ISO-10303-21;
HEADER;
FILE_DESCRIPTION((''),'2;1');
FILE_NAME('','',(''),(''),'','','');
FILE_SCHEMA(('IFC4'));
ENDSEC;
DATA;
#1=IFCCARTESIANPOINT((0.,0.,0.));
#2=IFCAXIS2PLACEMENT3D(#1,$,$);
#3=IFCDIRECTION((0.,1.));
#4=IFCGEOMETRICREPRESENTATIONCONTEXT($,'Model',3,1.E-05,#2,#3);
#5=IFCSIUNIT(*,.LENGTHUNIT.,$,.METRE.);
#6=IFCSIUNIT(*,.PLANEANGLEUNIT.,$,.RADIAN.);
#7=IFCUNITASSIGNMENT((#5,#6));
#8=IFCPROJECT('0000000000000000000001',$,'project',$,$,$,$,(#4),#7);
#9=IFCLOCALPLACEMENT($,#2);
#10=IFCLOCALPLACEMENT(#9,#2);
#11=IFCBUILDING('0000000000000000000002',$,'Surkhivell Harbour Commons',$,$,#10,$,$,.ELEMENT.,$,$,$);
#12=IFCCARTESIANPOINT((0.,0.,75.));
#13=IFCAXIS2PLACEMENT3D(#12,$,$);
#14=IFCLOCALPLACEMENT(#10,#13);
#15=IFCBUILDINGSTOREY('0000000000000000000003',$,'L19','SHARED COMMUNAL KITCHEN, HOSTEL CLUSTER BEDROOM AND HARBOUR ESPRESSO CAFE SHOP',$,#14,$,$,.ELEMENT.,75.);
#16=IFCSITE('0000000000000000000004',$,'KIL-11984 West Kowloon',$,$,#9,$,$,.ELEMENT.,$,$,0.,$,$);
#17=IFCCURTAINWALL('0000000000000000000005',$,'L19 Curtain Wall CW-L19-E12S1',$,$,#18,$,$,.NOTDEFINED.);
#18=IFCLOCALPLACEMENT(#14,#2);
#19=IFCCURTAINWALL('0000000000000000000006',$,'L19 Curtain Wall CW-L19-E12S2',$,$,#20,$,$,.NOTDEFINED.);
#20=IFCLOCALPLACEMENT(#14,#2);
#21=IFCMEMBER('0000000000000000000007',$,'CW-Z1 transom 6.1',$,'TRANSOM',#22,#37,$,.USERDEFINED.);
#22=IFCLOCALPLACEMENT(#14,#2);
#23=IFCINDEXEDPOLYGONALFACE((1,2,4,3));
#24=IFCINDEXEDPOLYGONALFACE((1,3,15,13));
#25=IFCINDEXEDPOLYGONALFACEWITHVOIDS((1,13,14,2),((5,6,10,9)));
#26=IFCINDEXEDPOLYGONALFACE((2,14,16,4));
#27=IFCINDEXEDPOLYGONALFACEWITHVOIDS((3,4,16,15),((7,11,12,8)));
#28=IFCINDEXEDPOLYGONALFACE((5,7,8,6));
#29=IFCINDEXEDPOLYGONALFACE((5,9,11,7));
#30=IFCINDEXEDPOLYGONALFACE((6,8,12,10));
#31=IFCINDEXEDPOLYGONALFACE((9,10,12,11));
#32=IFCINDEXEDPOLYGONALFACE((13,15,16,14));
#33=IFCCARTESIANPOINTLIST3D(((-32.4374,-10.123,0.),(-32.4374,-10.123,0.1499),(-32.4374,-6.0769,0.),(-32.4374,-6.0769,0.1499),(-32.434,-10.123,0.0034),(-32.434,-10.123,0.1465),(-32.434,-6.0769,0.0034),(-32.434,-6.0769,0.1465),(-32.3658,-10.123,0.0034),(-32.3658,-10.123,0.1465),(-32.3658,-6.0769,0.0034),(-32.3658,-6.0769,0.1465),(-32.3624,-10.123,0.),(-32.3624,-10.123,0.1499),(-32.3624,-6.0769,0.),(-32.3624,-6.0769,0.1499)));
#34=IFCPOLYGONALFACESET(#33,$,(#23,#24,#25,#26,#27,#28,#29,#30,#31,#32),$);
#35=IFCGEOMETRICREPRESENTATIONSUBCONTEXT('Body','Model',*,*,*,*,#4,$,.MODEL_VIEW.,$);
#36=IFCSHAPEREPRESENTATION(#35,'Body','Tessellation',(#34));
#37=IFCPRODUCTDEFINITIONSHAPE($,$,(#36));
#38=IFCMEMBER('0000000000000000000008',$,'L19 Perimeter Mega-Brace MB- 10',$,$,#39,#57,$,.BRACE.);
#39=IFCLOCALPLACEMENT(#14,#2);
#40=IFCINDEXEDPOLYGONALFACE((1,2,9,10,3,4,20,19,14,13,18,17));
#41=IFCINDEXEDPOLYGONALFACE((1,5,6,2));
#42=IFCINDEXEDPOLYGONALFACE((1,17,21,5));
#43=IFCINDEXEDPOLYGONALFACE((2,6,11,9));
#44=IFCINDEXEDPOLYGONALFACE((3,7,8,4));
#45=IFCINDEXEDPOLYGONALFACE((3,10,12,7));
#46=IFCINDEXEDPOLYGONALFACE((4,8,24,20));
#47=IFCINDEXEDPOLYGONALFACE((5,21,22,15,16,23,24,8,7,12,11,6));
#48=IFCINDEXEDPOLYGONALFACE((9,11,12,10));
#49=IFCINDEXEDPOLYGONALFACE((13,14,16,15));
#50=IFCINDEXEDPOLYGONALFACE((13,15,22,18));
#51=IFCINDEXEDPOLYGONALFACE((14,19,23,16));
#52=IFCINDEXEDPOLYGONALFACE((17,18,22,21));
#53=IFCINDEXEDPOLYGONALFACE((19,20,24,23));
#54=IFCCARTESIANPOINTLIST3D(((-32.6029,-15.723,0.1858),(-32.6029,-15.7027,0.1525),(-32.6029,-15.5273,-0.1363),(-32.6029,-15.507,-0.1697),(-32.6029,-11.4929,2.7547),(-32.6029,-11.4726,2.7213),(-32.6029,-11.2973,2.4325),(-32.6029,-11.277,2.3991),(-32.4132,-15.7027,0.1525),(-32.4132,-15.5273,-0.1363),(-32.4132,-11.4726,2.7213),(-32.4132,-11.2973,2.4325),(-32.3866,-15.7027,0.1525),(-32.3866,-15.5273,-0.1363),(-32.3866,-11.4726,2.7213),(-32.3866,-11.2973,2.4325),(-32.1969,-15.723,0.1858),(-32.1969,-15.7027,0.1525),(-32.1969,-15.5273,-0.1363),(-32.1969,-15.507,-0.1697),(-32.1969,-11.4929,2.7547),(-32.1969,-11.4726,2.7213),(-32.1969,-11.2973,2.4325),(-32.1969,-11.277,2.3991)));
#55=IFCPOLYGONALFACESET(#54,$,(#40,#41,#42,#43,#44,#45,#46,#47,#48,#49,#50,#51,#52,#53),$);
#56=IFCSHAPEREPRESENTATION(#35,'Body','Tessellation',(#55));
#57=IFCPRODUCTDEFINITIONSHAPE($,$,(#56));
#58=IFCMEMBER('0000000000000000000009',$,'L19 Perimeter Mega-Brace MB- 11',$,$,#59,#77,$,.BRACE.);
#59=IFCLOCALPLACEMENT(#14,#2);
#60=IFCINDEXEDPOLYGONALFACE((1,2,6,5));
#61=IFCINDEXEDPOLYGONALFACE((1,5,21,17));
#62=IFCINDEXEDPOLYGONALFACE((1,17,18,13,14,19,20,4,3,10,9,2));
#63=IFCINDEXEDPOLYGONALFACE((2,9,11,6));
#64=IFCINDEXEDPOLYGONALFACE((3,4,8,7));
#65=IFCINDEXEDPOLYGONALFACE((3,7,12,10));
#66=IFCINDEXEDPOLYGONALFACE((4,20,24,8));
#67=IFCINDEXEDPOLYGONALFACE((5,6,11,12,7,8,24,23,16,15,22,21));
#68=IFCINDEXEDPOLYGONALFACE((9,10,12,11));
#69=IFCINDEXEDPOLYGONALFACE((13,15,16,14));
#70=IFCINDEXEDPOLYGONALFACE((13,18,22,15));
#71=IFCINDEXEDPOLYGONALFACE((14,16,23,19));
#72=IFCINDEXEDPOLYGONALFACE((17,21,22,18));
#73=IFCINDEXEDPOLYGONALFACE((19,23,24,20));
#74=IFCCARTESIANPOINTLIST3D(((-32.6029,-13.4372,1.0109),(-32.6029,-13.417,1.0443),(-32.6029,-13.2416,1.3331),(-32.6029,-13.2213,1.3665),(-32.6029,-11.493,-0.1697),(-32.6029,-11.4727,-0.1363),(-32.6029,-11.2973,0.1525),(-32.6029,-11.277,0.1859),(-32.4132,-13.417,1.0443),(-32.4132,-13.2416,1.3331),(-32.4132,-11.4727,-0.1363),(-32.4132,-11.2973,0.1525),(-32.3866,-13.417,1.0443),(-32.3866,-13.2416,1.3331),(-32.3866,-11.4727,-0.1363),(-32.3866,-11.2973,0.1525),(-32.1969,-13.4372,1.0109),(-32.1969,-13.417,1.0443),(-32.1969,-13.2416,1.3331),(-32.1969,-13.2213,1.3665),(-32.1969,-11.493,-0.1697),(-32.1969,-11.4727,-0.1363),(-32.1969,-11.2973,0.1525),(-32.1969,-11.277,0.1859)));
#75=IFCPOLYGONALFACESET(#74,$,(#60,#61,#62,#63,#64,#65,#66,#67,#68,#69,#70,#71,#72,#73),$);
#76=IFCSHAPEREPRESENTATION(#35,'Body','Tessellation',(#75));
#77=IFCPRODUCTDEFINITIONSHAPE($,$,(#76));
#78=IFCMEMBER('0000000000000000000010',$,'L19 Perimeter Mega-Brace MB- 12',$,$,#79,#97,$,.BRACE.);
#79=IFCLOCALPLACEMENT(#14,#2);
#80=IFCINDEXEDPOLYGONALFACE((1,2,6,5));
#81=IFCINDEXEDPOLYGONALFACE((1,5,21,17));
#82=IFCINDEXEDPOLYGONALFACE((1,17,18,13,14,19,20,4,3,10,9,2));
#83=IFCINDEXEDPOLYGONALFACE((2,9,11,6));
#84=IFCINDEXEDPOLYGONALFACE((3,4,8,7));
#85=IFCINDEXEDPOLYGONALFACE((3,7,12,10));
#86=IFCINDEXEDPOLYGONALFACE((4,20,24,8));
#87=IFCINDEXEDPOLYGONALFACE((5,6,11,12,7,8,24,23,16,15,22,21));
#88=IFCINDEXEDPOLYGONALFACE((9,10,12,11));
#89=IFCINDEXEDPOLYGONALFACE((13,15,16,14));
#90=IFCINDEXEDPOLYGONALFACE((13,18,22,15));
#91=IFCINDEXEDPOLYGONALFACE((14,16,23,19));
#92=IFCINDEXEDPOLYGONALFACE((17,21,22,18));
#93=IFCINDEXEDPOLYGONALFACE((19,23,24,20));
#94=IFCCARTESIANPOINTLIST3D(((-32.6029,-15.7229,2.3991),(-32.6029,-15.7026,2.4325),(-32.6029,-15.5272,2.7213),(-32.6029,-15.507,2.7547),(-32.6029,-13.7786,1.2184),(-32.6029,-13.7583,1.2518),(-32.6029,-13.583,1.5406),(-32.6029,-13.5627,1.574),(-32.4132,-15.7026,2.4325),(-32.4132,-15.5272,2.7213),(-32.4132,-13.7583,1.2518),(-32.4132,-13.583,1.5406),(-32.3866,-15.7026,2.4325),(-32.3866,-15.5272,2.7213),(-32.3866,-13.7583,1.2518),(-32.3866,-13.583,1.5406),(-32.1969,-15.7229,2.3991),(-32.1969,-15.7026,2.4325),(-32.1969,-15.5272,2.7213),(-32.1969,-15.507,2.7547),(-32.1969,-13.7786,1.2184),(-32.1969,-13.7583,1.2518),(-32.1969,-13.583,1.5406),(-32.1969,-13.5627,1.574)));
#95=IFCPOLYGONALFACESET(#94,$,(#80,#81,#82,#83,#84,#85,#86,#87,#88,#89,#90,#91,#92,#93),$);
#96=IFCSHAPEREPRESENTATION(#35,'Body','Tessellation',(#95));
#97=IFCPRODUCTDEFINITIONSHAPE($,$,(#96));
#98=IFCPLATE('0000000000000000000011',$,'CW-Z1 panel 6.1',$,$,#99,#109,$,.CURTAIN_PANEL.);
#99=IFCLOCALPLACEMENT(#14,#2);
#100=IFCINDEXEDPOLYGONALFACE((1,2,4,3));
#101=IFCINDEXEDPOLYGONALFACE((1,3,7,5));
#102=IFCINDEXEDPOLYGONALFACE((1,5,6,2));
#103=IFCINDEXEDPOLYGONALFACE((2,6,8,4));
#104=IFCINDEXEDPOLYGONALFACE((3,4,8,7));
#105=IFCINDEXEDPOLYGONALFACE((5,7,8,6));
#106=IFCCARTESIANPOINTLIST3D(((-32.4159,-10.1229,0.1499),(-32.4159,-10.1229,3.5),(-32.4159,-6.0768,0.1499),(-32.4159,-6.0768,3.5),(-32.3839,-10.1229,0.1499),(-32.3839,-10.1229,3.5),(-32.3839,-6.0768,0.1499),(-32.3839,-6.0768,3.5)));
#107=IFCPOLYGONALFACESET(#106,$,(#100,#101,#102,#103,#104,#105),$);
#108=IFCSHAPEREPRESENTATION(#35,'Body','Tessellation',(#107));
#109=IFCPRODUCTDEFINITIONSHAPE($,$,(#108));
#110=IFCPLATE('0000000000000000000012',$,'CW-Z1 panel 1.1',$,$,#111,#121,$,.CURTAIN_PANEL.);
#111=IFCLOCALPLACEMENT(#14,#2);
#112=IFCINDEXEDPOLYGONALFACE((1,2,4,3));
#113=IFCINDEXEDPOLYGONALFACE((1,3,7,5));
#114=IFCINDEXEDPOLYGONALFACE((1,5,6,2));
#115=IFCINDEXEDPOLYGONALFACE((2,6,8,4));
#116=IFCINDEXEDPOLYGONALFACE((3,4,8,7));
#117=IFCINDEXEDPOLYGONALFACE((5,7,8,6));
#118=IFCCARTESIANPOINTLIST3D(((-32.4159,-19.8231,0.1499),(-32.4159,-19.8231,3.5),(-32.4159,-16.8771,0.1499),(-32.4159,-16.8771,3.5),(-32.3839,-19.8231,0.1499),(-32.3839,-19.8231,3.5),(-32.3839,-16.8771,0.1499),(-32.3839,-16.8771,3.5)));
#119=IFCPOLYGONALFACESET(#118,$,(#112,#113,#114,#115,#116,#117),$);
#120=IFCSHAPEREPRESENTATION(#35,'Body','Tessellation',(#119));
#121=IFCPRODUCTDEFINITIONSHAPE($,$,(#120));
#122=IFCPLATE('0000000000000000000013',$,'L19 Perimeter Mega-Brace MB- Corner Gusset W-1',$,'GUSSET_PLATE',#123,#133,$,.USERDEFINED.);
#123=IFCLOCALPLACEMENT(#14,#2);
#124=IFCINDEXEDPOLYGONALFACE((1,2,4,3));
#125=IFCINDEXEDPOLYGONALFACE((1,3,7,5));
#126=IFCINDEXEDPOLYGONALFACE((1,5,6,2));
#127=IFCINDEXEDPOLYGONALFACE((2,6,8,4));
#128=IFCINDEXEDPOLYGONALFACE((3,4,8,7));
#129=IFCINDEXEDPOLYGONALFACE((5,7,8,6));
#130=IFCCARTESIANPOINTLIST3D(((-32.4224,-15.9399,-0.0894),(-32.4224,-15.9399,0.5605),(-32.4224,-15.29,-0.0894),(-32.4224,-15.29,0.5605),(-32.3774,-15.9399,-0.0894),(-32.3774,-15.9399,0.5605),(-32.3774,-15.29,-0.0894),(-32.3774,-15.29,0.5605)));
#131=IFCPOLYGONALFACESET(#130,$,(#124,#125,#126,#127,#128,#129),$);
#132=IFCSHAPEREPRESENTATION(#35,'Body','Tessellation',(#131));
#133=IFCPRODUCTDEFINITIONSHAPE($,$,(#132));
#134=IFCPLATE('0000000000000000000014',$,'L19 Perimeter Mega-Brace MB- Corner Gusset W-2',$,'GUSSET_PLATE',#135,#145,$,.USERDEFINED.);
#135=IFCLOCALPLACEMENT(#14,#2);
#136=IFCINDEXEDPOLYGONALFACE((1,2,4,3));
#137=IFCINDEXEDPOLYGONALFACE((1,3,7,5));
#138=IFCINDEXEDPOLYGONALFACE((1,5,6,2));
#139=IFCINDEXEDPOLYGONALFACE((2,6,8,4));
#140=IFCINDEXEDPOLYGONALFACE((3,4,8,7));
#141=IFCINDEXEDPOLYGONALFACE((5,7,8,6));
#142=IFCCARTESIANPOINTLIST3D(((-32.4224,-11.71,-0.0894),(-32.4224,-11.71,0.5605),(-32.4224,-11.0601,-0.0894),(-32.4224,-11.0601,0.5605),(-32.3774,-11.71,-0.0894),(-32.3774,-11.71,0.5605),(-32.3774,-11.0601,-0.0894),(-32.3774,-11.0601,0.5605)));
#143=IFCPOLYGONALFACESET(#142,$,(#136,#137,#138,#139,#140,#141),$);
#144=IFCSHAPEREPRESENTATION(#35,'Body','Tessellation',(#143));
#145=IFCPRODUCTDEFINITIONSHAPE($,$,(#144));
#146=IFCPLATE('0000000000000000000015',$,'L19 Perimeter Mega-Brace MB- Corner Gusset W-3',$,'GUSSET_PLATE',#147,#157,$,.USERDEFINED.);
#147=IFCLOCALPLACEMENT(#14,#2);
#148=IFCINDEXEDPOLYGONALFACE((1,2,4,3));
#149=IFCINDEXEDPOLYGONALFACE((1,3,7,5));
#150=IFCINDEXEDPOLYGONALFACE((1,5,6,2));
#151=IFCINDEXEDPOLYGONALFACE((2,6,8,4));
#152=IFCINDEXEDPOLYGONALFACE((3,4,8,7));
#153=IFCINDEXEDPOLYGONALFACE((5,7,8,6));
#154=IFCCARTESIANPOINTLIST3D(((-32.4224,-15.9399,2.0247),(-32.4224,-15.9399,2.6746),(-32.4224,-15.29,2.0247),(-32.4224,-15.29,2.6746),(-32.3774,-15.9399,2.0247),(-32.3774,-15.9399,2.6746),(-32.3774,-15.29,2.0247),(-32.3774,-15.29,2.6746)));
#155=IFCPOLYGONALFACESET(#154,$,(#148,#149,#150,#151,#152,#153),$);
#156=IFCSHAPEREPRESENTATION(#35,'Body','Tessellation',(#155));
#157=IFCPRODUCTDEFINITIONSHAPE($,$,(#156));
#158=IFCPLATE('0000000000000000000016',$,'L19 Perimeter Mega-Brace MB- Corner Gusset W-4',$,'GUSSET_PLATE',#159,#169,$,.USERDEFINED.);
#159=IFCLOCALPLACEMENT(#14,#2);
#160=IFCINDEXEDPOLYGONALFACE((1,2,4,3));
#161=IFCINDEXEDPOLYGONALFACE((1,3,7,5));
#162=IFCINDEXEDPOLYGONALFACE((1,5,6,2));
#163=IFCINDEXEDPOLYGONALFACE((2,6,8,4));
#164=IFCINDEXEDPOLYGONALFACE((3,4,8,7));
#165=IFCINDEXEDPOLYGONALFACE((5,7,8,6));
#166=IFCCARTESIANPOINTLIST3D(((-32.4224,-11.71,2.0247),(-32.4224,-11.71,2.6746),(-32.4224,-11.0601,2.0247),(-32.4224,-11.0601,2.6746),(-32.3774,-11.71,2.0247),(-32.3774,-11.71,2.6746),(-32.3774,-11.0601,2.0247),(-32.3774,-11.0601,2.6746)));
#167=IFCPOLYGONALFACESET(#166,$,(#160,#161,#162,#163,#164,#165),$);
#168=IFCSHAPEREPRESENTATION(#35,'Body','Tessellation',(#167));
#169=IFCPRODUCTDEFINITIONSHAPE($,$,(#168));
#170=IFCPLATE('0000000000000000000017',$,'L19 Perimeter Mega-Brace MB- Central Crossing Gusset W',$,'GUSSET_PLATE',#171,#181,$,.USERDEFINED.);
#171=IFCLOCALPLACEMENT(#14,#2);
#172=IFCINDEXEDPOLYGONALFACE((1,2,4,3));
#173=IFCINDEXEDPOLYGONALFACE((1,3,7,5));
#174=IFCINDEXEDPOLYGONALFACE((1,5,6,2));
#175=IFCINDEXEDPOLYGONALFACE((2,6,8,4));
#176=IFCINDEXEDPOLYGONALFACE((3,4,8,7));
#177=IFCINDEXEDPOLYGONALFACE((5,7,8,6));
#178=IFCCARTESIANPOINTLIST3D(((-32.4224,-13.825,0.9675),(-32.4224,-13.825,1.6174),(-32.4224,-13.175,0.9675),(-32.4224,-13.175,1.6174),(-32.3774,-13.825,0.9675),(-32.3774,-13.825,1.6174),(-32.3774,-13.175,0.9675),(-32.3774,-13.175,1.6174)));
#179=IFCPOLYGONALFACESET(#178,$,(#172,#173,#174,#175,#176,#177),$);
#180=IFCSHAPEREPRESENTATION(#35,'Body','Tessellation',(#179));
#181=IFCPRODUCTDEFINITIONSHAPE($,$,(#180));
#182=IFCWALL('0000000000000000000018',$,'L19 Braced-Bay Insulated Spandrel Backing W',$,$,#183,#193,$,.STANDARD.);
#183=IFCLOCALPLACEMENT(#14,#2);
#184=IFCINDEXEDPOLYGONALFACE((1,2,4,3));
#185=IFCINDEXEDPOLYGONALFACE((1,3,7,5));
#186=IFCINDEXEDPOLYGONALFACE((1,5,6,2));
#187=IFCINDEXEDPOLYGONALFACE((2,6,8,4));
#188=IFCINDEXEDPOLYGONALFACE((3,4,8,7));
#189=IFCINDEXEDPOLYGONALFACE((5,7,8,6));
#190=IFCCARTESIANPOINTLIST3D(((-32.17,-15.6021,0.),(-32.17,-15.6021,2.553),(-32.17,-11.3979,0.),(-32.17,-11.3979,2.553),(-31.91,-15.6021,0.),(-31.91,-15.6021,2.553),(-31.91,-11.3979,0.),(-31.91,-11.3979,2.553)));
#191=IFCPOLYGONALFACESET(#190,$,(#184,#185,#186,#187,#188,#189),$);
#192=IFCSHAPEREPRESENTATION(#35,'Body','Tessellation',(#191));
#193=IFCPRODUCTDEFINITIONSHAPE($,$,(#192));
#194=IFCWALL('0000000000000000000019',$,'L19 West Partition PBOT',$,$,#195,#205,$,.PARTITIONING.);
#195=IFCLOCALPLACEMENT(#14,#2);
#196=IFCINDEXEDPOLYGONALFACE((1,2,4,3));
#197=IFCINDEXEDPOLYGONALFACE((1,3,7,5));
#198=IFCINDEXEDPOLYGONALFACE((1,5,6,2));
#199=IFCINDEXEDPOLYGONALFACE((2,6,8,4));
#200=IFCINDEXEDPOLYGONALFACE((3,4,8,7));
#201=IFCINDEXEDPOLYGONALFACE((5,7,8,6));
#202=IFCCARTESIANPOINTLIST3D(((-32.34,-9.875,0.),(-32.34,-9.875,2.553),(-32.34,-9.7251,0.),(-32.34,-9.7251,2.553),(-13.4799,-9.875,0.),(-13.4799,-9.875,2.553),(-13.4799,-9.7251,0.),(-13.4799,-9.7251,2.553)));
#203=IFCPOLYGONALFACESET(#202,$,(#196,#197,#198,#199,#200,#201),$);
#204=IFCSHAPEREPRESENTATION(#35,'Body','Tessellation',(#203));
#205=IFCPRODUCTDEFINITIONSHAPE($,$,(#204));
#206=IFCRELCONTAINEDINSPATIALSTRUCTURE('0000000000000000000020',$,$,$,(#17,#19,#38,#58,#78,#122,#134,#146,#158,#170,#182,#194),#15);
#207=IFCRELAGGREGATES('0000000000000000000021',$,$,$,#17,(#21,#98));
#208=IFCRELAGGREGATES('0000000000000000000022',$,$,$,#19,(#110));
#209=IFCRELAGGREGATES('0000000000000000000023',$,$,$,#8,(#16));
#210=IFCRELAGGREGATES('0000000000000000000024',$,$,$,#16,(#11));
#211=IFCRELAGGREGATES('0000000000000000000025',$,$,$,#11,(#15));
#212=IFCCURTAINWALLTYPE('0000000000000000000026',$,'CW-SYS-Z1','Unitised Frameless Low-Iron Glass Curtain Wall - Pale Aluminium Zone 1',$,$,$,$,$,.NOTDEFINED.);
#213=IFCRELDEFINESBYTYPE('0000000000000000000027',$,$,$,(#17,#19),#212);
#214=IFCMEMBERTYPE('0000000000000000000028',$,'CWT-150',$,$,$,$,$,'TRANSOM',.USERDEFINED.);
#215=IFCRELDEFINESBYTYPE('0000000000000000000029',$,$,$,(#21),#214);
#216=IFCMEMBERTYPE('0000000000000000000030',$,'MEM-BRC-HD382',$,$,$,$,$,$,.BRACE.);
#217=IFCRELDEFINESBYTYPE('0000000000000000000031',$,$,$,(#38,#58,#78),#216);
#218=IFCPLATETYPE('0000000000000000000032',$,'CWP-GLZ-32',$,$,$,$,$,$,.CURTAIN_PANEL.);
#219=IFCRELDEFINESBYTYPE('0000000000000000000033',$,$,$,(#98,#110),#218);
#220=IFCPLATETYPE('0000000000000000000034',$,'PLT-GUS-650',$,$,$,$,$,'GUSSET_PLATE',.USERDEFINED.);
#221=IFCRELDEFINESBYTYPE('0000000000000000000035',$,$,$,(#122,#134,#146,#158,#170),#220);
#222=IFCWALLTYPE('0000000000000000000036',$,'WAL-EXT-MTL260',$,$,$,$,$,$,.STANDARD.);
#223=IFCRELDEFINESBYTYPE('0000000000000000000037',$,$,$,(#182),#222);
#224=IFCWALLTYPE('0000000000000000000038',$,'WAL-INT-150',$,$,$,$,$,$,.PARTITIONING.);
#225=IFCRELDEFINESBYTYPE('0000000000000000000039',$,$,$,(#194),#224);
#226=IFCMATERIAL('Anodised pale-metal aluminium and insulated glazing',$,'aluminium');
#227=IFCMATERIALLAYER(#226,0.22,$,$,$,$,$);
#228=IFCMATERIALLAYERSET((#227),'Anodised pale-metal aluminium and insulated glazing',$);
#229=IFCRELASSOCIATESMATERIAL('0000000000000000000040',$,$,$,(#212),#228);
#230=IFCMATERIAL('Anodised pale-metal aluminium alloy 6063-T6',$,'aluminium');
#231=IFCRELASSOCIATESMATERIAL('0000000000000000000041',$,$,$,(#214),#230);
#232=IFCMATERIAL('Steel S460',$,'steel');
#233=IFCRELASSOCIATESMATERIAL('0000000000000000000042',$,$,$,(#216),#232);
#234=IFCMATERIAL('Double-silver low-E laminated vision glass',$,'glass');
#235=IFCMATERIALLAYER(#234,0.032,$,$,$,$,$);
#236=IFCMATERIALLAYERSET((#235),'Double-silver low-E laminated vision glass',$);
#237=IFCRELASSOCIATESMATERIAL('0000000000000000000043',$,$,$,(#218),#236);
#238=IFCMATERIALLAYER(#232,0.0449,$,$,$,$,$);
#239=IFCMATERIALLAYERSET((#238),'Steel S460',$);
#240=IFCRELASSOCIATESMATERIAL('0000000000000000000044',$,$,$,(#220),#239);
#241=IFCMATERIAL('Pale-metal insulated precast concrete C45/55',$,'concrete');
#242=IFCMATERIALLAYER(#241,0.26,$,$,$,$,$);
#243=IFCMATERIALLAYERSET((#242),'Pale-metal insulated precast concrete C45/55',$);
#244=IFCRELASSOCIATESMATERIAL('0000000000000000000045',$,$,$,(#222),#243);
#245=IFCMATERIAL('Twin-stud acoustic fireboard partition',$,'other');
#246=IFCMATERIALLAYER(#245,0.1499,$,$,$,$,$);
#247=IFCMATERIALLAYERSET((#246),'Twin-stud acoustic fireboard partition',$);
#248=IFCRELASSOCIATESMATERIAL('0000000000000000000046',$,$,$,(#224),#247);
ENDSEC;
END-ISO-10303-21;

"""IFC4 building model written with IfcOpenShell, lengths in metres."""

from ifc_helpers import new_model, si_unit, direction, frame, frame_2d, origin, origin_2d, place, context, subcontext, project, spatial, rectangle, hollow_rectangle, i_section, extrude, material, layer, layer_set, material_profile, profile_set, type_object, element, aggregate, save


model = new_model("IFC4")

# Units and contexts
model_context = context("Model", 3, precision=1e-05, world=origin(), true_north=direction((0.0, 1.0)))
body_context = subcontext(model_context, "Body", "Model", "MODEL_VIEW")
ifc_project = project(units=[si_unit("LENGTHUNIT", "METRE"), si_unit("PLANEANGLEUNIT", "RADIAN")], contexts=[model_context])

# Site, building, storey
site_placement = place(None, origin())
site = spatial("IfcSite", under=ifc_project, at=site_placement, Name="KIL-11984 West Kowloon", CompositionType="ELEMENT", RefElevation=0.0)
building_placement = place(site_placement, origin())
building = spatial("IfcBuilding", under=site, at=building_placement, Name="Surkhivell Harbour Commons", CompositionType="ELEMENT")
storey_placement = place(building_placement, frame((0.0, 0.0, 75.0)))
storey = spatial("IfcBuildingStorey", under=building, at=storey_placement, Name="L19", Description="SHARED COMMUNAL KITCHEN, HOSTEL CLUSTER BEDROOM AND HARBOUR ESPRESSO CAFE SHOP", CompositionType="ELEMENT", Elevation=75.0)

# Shared definitions
ifc_material_1 = material(Name="Steel S460", Category="steel")

# Curtain wall
ifc_material_2 = material(Name="Anodised pale-metal aluminium and insulated glazing", Category="aluminium")
ifc_layer_1 = layer(ifc_material_2, 0.22)
ifc_layer_set_1 = layer_set([ifc_layer_1], Name="Anodised pale-metal aluminium and insulated glazing")
curtain_wall_type = type_object("IfcCurtainWallType", Name="CW-SYS-Z1", Description="Unitised Frameless Low-Iron Glass Curtain Wall - Pale Aluminium Zone 1", PredefinedType="NOTDEFINED", material=ifc_layer_set_1)
curtain_wall_1_placement = place(storey_placement, origin())
curtain_wall_1 = element("IfcCurtainWall", 1, at=curtain_wall_1_placement, inside=storey, type_object=curtain_wall_type, Name="L19 Curtain Wall CW-L19-E12S1", PredefinedType="NOTDEFINED")
ifc_material_3 = material(Name="Anodised pale-metal aluminium alloy 6063-T6", Category="aluminium")

# Curtain wall
curtain_wall_2_placement = place(storey_placement, origin())
curtain_wall_2 = element("IfcCurtainWall", 2, at=curtain_wall_2_placement, inside=storey, type_object=curtain_wall_type, Name="L19 Curtain Wall CW-L19-E12S2", PredefinedType="NOTDEFINED")

# Member
ifc_material_profile_1 = material_profile(ifc_material_3, hollow_rectangle(XDim=0.075, YDim=0.1499, WallThickness=0.0034, at=origin_2d()), Name="ALU-TRAN-75x150")
ifc_profile_set_1 = profile_set([ifc_material_profile_1], Name="Anodised pale-metal aluminium alloy 6063-T6")
member_type_1 = type_object("IfcMemberType", Name="CWT-150", ElementType="TRANSOM", PredefinedType="USERDEFINED", material=ifc_profile_set_1)
member_1_placement = place(storey_placement, frame((-32.3999, -6.0769, 0.075), z_axis=(0.0, -1.0, 0.0), x_axis=(1.0, 0.0, 0.0)))
member_1 = element("IfcMember", 3, at=member_1_placement, type_object=member_type_1, Name="CW-Z1 transom 6.1", ObjectType="TRANSOM", PredefinedType="USERDEFINED", context=body_context, shape_type="SweptSolid", body=[
    extrude(hollow_rectangle(XDim=0.075, YDim=0.1499, WallThickness=0.0034, at=origin_2d()), origin(), (0.0, 0.0, 1.0), 4.0461),
])

# Members
ifc_material_profile_2 = material_profile(ifc_material_1, i_section(OverallWidth=0.406, OverallDepth=0.416, WebThickness=0.0266, FlangeThickness=0.0391, at=origin_2d()), Name="HD400x382")
ifc_profile_set_2 = profile_set([ifc_material_profile_2], Name="Steel S460")
member_type_2 = type_object("IfcMemberType", Name="MEM-BRC-HD382", PredefinedType="BRACE", material=ifc_profile_set_2)
member_2_placement = place(storey_placement, frame((-32.3999, -15.615, 0.0081), z_axis=(0.0, 0.85473, 0.519073), x_axis=(-1.0, 0.0, 0.0)))
element("IfcMember", 4, at=member_2_placement, inside=storey, type_object=member_type_2, Name="L19 Perimeter Mega-Brace MB- 10", PredefinedType="BRACE", context=body_context, shape_type="SweptSolid", body=[
    extrude(i_section(OverallWidth=0.406, OverallDepth=0.416, WebThickness=0.0266, FlangeThickness=0.0391, at=origin_2d()), origin(), (0.0, 0.0, 1.0), 4.949),
])
for number, where, z_axis, x_axis, name in (
    (5, (-32.3999, -11.385, 0.0081), (0.0, -0.854754, 0.519034), (1.0, 0.0, 0.0), "L19 Perimeter Mega-Brace MB- 11"),
    (6, (-32.3999, -13.6707, 1.3962), (0.0, -0.854754, 0.519034), (1.0, 0.0, 0.0), "L19 Perimeter Mega-Brace MB- 12"),
):
    element("IfcMember", number, at=place(storey_placement, frame(where, z_axis=z_axis, x_axis=x_axis)), inside=storey, type_object=member_type_2, Name=name, PredefinedType="BRACE", context=body_context, shape_type="SweptSolid", body=[
        extrude(i_section(OverallWidth=0.406, OverallDepth=0.416, WebThickness=0.0266, FlangeThickness=0.0391, at=origin_2d()), origin(), (0.0, 0.0, 1.0), 2.2747),
    ])

# Plates
ifc_material_4 = material(Name="Double-silver low-E laminated vision glass", Category="glass")
ifc_layer_2 = layer(ifc_material_4, 0.032)
ifc_layer_set_2 = layer_set([ifc_layer_2], Name="Double-silver low-E laminated vision glass")
plate_type_1 = type_object("IfcPlateType", Name="CWP-GLZ-32", PredefinedType="CURTAIN_PANEL", material=ifc_layer_set_2)
plate_1_placement = place(storey_placement, frame((-32.3999, -6.0769, 0.1499), z_axis=(0.0, 0.0, 1.0), x_axis=(0.0, -1.0, 0.0)))
plate_1 = element("IfcPlate", 7, at=plate_1_placement, type_object=plate_type_1, Name="CW-Z1 panel 6.1", PredefinedType="CURTAIN_PANEL", context=body_context, shape_type="SweptSolid", body=[
    extrude(rectangle(XDim=4.0461, YDim=0.032, at=frame_2d((2.0229, 0.0))), origin(), (0.0, 0.0, 1.0), 3.3501),
])
aggregate(curtain_wall_1, [member_1, plate_1])
plate_2_placement = place(storey_placement, frame((-32.3999, -16.877, 0.1499), z_axis=(0.0, 0.0, 1.0), x_axis=(0.0, -1.0, 0.0)))
plate_2 = element("IfcPlate", 8, at=plate_2_placement, type_object=plate_type_1, Name="CW-Z1 panel 1.1", PredefinedType="CURTAIN_PANEL", context=body_context, shape_type="SweptSolid", body=[
    extrude(rectangle(XDim=2.946, YDim=0.032, at=frame_2d((1.4731, 0.0))), origin(), (0.0, 0.0, 1.0), 3.3501),
])
aggregate(curtain_wall_2, [plate_2])

# Plates
ifc_layer_3 = layer(ifc_material_1, 0.0449)
ifc_layer_set_3 = layer_set([ifc_layer_3], Name="Steel S460")
plate_type_2 = type_object("IfcPlateType", Name="PLT-GUS-650", ElementType="GUSSET_PLATE", PredefinedType="USERDEFINED", material=ifc_layer_set_3)
for number, where, z_axis, x_axis, name in (
    (9, (-32.3999, -15.615, -0.0894), (0.0, 0.0, 1.0), (0.0, 1.0, 0.0), "L19 Perimeter Mega-Brace MB- Corner Gusset W-1"),
    (10, (-32.3999, -11.385, -0.0894), (0.0, 0.0, 1.0), (0.0, 1.0, 0.0), "L19 Perimeter Mega-Brace MB- Corner Gusset W-2"),
    (11, (-32.3999, -15.615, 2.0247), (0.0, 0.0, 1.0), (0.0, 1.0, 0.0), "L19 Perimeter Mega-Brace MB- Corner Gusset W-3"),
    (12, (-32.3999, -11.385, 2.0247), (0.0, 0.0, 1.0), (0.0, 1.0, 0.0), "L19 Perimeter Mega-Brace MB- Corner Gusset W-4"),
    (13, (-32.3999, -13.5, 0.9675), (0.0, 0.0, 1.0), (0.0, 1.0, 0.0), "L19 Perimeter Mega-Brace MB- Central Crossing Gusset W"),
):
    element("IfcPlate", number, at=place(storey_placement, frame(where, z_axis=z_axis, x_axis=x_axis)), inside=storey, type_object=plate_type_2, Name=name, ObjectType="GUSSET_PLATE", PredefinedType="USERDEFINED", context=body_context, shape_type="SweptSolid", body=[
        extrude(rectangle(XDim=0.6499, YDim=0.0449, at=origin_2d()), origin(), (0.0, 0.0, 1.0), 0.6499),
    ])

# Walls
ifc_material_5 = material(Name="Pale-metal insulated precast concrete C45/55", Category="concrete")
ifc_layer_4 = layer(ifc_material_5, 0.26)
ifc_layer_set_4 = layer_set([ifc_layer_4], Name="Pale-metal insulated precast concrete C45/55")
wall_type_1 = type_object("IfcWallType", Name="WAL-EXT-MTL260", PredefinedType="STANDARD", material=ifc_layer_set_4)
wall_1_placement = place(storey_placement, frame((-32.04, -11.3979, 0.0), z_axis=(0.0, 0.0, 1.0), x_axis=(0.0, -1.0, 0.0)))
element("IfcWall", 14, at=wall_1_placement, inside=storey, type_object=wall_type_1, Name="L19 Braced-Bay Insulated Spandrel Backing W", PredefinedType="STANDARD", context=body_context, shape_type="SweptSolid", body=[
    extrude(rectangle(XDim=4.2041, YDim=0.26, at=frame_2d((2.1021, 0.0))), origin(), (0.0, 0.0, 1.0), 2.553),
])
ifc_material_6 = material(Name="Twin-stud acoustic fireboard partition", Category="other")
ifc_layer_5 = layer(ifc_material_6, 0.1499)
ifc_layer_set_5 = layer_set([ifc_layer_5], Name="Twin-stud acoustic fireboard partition")
wall_type_2 = type_object("IfcWallType", Name="WAL-INT-150", PredefinedType="PARTITIONING", material=ifc_layer_set_5)
wall_2_placement = place(storey_placement, frame((-32.3401, -9.8, 0.0), z_axis=(0.0, 0.0, 1.0), x_axis=(1.0, 0.0, 0.0)))
element("IfcWall", 15, at=wall_2_placement, inside=storey, type_object=wall_type_2, Name="L19 West Partition PBOT", PredefinedType="PARTITIONING", context=body_context, shape_type="SweptSolid", body=[
    extrude(rectangle(XDim=18.8601, YDim=0.1499, at=frame_2d((9.4302, 0.0))), origin(), (0.0, 0.0, 1.0), 2.553),
])

save(model, "model.ifc")
